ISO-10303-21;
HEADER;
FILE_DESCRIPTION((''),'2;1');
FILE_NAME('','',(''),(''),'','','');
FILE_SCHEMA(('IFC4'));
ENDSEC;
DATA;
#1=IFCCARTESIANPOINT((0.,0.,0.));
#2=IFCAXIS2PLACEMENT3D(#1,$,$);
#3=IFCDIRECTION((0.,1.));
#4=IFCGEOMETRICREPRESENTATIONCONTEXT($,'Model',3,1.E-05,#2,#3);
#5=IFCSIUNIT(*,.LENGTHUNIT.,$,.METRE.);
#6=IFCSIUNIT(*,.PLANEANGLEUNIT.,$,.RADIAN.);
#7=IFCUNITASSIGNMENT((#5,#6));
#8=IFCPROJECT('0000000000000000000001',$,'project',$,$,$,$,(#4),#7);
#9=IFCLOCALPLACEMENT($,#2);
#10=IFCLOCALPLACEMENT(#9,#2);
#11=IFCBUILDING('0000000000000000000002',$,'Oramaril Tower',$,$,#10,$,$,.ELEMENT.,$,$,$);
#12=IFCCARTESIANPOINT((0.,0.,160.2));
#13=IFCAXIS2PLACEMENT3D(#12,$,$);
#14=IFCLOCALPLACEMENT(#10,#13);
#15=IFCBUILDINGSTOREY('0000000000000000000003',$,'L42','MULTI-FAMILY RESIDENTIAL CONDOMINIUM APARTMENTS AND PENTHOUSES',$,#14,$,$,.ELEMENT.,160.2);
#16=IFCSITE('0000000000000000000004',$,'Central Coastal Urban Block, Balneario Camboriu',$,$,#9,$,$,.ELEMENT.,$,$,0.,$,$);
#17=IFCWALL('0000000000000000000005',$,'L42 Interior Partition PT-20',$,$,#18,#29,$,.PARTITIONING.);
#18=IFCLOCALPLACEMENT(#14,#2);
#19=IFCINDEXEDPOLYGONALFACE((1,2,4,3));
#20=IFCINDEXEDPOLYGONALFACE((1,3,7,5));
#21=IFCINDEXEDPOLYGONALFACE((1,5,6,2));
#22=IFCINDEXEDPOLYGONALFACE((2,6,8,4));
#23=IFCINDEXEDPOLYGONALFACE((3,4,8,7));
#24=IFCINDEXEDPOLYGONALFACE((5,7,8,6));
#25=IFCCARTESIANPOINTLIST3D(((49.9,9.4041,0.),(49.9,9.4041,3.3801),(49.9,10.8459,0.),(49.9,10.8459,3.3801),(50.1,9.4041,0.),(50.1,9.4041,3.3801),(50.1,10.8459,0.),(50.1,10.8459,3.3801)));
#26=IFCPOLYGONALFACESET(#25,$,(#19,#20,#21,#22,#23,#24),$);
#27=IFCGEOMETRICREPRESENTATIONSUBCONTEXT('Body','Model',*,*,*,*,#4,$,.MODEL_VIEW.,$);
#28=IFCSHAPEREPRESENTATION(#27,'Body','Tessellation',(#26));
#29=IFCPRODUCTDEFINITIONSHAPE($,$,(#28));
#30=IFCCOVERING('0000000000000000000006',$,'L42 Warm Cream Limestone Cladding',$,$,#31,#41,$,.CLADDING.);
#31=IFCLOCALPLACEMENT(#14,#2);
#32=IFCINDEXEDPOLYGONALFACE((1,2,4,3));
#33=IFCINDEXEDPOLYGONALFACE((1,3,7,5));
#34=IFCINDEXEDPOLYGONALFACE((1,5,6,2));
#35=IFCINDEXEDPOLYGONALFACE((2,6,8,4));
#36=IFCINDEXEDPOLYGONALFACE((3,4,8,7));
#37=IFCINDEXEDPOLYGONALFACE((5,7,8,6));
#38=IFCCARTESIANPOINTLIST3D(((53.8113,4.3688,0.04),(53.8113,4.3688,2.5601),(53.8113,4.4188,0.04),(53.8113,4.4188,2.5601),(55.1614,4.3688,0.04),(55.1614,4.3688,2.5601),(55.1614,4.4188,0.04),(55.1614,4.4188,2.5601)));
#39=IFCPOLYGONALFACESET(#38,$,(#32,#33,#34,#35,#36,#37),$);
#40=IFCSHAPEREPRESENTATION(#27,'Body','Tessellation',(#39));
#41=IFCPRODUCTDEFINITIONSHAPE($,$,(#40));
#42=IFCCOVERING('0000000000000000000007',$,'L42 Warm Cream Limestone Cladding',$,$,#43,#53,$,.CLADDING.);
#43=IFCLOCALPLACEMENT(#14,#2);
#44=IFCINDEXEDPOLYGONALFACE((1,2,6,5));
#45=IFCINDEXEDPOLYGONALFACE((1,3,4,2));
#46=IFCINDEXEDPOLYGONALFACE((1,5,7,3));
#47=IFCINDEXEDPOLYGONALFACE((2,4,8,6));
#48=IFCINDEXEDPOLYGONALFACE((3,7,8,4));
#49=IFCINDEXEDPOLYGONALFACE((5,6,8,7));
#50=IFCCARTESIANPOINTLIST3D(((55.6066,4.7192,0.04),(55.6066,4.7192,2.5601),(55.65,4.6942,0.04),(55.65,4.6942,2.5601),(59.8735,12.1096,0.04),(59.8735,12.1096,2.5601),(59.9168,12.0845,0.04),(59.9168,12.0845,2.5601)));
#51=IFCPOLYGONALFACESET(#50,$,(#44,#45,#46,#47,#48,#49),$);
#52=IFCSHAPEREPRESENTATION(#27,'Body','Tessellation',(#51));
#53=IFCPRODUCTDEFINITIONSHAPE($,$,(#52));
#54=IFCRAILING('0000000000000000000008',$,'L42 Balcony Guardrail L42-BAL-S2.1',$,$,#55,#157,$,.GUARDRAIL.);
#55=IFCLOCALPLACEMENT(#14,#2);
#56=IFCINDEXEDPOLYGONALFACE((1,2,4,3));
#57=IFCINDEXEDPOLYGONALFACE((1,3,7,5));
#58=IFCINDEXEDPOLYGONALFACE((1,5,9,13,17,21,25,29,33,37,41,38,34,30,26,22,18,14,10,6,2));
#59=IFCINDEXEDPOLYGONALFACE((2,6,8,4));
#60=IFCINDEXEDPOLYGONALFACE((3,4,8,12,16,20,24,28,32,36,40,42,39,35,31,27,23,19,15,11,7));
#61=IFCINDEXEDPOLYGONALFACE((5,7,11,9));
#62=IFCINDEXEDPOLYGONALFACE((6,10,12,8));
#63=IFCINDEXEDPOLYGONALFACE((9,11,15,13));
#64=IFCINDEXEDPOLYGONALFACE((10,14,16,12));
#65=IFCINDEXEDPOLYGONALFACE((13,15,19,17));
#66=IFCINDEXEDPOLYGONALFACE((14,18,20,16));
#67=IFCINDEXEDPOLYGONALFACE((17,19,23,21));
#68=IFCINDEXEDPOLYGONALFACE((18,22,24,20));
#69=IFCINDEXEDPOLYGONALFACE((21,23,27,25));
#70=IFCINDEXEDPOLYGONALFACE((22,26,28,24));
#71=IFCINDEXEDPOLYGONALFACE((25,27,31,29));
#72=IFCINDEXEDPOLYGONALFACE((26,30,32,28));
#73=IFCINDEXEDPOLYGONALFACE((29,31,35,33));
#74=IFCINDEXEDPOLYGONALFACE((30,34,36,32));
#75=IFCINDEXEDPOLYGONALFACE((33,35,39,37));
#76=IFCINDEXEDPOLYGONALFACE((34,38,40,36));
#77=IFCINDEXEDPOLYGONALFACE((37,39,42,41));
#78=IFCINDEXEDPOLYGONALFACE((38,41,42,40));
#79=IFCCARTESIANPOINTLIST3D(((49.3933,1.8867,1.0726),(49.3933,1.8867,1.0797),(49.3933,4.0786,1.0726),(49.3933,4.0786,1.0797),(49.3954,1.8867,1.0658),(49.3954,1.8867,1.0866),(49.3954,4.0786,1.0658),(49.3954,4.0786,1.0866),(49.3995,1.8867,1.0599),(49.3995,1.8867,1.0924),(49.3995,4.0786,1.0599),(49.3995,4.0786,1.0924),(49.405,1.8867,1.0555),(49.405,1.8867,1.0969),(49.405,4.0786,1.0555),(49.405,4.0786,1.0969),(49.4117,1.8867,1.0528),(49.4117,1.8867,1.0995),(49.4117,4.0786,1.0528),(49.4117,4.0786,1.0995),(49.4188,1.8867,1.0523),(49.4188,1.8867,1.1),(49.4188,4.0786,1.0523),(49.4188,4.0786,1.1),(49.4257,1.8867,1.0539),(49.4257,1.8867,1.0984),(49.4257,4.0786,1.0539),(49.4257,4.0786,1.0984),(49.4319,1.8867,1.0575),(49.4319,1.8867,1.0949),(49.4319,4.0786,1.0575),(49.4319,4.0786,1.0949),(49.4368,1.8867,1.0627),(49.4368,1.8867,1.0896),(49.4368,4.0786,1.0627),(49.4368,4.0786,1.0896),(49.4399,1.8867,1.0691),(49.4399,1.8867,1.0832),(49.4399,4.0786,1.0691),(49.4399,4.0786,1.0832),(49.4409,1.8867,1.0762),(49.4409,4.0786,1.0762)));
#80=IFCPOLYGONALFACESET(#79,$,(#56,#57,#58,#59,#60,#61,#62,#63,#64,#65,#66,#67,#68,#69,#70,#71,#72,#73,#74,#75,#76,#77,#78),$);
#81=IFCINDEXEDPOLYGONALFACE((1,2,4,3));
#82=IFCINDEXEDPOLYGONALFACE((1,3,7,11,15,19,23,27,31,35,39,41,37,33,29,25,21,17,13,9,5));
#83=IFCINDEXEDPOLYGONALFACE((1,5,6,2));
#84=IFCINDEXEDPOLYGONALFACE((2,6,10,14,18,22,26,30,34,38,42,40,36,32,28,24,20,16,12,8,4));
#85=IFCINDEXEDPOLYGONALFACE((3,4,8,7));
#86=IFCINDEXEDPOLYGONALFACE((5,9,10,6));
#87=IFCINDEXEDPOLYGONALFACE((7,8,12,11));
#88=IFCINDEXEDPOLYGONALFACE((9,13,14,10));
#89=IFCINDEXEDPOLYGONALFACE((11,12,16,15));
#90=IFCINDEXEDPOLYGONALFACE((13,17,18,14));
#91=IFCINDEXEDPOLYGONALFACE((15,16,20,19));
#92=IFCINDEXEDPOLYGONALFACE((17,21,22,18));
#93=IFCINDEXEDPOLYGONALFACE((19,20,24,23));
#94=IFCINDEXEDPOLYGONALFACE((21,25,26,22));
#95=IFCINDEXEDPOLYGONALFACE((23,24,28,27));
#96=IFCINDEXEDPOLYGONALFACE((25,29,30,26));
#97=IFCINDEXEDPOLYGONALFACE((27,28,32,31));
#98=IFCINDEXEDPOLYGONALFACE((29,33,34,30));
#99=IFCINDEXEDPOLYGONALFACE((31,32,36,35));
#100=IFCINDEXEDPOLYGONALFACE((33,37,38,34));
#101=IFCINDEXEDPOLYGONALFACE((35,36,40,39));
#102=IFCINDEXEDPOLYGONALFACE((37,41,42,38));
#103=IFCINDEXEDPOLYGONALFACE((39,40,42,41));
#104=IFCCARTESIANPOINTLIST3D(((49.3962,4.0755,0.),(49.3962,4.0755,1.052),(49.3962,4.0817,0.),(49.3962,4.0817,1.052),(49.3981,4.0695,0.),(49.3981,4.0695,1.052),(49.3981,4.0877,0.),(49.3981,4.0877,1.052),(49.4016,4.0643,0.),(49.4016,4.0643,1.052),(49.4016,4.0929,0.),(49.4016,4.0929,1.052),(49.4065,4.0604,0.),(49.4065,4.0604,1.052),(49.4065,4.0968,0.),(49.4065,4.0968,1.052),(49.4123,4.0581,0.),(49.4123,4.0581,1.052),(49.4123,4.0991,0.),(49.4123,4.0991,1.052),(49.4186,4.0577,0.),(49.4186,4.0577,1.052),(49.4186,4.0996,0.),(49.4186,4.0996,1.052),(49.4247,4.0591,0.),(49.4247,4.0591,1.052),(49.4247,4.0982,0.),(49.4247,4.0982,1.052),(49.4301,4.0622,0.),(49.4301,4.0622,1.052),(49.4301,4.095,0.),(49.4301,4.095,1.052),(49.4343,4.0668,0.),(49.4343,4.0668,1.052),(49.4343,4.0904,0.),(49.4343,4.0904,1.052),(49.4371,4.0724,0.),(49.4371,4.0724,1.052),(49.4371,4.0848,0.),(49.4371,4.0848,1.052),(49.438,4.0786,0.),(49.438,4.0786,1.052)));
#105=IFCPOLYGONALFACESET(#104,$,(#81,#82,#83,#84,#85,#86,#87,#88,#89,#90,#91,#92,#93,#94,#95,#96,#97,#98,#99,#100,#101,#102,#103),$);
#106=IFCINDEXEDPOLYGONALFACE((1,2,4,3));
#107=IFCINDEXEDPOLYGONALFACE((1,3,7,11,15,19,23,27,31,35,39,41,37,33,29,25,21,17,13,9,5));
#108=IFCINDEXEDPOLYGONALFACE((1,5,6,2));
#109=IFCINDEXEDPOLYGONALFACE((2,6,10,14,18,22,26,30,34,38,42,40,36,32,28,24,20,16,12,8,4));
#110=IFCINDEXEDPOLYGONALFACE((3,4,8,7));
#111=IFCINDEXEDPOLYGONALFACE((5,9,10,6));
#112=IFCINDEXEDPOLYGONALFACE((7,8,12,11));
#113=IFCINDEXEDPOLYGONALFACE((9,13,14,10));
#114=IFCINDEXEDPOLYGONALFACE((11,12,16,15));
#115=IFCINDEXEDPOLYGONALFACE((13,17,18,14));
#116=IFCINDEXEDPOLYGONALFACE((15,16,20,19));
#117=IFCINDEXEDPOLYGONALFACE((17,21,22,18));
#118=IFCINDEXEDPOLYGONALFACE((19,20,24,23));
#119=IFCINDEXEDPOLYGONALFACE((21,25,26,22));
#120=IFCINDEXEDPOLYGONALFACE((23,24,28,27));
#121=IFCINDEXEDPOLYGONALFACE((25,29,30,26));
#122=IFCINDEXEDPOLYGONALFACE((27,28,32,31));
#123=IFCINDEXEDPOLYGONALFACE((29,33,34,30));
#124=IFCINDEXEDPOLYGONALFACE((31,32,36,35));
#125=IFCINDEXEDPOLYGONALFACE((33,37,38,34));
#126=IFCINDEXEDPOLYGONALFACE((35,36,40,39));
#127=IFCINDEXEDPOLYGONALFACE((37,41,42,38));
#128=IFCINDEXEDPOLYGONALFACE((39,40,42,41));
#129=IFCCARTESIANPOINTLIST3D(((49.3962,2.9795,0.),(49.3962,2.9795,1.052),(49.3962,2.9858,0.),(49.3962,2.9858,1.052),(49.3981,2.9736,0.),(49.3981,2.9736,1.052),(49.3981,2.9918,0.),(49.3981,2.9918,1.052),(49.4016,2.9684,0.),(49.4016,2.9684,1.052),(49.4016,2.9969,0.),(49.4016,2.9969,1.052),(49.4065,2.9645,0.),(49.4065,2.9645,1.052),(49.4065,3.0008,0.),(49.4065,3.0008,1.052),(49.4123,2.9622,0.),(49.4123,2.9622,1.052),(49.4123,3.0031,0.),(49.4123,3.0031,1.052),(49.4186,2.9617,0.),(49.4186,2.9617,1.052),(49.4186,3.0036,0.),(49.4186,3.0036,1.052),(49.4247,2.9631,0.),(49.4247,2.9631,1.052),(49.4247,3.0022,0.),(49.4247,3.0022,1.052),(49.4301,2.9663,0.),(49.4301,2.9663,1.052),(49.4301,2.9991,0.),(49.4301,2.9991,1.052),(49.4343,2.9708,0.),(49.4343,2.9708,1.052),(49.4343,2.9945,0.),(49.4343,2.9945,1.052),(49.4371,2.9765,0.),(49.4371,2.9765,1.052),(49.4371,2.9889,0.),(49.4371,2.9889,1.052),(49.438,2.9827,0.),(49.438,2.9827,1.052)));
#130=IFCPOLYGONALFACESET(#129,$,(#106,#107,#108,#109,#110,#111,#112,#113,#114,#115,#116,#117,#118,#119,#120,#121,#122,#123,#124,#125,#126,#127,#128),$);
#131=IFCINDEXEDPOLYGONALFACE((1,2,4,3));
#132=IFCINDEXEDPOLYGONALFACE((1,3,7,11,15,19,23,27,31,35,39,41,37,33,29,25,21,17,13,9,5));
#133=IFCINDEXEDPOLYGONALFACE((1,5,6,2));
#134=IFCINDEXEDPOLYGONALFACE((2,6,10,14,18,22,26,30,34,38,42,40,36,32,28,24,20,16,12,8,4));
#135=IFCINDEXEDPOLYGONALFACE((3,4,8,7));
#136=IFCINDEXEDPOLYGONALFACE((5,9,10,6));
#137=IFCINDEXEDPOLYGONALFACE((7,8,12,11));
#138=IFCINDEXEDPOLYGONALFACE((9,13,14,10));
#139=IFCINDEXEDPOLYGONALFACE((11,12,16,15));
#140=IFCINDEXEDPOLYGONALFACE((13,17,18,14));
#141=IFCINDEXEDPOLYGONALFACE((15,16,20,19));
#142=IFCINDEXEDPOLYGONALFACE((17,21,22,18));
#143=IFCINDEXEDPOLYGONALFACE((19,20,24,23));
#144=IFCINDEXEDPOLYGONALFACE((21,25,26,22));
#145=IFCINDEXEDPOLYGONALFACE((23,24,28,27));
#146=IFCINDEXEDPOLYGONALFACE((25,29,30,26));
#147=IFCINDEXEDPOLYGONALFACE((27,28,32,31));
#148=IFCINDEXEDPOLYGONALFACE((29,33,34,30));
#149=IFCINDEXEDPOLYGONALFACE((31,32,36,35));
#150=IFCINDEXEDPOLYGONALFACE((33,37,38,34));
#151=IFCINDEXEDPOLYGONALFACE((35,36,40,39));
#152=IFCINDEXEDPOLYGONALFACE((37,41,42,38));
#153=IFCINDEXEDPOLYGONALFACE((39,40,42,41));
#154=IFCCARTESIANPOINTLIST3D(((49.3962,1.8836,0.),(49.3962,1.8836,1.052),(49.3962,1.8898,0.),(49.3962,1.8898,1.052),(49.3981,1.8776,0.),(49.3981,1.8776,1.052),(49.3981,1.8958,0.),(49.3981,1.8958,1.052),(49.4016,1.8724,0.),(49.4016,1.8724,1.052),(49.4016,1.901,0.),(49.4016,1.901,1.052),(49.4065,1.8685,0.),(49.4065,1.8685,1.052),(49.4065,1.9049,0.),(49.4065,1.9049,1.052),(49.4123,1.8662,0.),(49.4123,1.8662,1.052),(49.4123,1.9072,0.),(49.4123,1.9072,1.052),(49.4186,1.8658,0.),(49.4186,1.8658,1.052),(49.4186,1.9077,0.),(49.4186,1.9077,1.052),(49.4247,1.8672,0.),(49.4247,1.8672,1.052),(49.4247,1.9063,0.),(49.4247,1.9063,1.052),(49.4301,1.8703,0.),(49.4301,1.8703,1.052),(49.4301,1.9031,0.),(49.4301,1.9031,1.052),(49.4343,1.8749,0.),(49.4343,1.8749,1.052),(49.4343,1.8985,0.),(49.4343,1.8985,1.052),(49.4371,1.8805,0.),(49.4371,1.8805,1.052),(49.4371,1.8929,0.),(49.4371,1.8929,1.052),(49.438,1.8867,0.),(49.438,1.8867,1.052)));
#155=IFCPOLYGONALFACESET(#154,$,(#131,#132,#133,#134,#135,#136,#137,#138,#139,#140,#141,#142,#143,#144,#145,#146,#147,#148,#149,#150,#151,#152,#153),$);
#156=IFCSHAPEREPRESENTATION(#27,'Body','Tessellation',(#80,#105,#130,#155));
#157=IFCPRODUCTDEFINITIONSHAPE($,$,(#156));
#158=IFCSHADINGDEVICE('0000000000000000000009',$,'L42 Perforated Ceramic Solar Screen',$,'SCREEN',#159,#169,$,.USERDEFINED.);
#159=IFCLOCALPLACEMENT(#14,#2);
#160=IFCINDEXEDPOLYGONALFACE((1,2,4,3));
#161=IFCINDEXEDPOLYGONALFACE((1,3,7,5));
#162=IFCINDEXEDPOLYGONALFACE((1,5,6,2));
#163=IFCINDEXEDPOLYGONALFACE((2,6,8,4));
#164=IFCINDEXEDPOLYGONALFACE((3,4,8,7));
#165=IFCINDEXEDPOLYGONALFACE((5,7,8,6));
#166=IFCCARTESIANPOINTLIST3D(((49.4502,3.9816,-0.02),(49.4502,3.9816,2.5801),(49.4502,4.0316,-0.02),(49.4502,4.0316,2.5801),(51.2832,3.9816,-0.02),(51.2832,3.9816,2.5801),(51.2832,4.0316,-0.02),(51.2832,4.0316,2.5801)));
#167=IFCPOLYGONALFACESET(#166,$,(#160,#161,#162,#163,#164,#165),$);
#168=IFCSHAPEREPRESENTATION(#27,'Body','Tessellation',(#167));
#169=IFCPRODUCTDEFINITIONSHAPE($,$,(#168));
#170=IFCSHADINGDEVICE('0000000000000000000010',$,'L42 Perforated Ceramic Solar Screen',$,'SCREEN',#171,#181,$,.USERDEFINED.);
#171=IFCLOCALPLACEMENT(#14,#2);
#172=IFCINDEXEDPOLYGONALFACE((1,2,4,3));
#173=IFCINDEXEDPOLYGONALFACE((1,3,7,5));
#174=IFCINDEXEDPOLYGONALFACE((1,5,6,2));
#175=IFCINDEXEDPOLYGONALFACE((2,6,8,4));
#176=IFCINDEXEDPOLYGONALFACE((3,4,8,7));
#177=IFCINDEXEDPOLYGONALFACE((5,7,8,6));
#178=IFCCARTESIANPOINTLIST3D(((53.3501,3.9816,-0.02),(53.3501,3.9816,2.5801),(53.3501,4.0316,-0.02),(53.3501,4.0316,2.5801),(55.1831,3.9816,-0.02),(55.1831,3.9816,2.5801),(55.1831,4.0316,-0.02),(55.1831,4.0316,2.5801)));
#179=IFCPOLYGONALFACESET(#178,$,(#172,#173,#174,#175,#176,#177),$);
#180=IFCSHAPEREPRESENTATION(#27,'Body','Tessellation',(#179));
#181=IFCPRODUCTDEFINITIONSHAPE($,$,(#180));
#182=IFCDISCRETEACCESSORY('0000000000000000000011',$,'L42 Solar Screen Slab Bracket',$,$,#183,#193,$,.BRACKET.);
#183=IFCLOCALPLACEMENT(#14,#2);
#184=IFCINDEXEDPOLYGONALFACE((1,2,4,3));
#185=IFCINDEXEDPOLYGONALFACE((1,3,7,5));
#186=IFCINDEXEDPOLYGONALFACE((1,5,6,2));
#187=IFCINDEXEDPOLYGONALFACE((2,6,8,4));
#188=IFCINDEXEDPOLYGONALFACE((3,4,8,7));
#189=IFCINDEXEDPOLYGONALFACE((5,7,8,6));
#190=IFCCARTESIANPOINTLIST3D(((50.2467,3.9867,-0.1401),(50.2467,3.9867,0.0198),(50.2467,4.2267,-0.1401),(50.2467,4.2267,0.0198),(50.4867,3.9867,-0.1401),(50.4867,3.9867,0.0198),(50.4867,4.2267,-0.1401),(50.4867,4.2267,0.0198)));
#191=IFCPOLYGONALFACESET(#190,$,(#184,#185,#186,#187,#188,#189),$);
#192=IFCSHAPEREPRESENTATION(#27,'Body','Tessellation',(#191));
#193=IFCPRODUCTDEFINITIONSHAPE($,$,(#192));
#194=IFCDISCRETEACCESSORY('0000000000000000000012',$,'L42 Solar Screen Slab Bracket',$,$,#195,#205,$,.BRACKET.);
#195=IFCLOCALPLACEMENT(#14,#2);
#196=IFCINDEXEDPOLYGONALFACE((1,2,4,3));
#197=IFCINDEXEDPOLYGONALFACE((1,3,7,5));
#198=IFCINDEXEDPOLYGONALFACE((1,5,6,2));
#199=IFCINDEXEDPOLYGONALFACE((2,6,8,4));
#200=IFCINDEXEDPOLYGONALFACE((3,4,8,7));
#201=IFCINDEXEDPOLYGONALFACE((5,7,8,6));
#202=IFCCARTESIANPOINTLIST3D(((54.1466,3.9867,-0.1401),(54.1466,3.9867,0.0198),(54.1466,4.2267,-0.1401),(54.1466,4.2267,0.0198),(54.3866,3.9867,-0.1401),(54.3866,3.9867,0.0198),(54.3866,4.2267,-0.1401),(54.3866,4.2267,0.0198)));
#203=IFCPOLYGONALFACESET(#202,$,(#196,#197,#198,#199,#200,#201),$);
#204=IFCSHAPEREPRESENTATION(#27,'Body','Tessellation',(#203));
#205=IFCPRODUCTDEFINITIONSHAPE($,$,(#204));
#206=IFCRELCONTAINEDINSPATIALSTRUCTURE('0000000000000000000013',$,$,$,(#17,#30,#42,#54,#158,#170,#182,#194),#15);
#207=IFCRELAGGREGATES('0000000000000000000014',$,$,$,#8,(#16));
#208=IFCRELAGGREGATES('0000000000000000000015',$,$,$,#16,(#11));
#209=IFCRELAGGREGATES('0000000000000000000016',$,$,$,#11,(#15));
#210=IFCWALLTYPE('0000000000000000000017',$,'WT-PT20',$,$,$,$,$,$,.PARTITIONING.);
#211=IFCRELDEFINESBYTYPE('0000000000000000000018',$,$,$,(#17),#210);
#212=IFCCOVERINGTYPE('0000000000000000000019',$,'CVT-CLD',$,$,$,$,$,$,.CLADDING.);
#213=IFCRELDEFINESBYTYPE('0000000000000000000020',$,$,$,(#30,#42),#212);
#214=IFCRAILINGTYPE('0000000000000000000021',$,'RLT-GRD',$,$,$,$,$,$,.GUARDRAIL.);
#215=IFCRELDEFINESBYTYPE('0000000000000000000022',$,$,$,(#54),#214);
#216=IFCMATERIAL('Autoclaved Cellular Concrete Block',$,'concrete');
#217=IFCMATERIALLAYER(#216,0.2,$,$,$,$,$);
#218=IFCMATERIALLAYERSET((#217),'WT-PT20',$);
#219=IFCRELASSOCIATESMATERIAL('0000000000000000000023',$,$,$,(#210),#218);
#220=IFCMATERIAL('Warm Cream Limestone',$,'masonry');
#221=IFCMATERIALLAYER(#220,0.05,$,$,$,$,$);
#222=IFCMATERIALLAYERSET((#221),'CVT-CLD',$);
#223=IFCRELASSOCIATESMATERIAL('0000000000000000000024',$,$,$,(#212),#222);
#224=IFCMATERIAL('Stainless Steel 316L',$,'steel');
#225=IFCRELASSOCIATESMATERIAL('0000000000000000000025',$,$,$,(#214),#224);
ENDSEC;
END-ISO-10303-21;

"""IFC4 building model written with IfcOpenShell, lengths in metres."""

from ifc_helpers import new_model, si_unit, direction, frame, frame_2d, origin, origin_2d, place, context, subcontext, project, spatial, rectangle, circle, extrude, material, layer, layer_set, type_object, element, save


model = new_model("IFC4")

# Units and contexts
model_context = context("Model", 3, precision=1e-05, world=origin(), true_north=direction((0.0, 1.0)))
body_context = subcontext(model_context, "Body", "Model", "MODEL_VIEW")
ifc_project = project(units=[si_unit("LENGTHUNIT", "METRE"), si_unit("PLANEANGLEUNIT", "RADIAN")], contexts=[model_context])

# Site, building, storey
site_placement = place(None, origin())
site = spatial("IfcSite", under=ifc_project, at=site_placement, Name="Central Coastal Urban Block, Balneario Camboriu", CompositionType="ELEMENT", RefElevation=0.0)
building_placement = place(site_placement, origin())
building = spatial("IfcBuilding", under=site, at=building_placement, Name="Oramaril Tower", CompositionType="ELEMENT")
storey_placement = place(building_placement, frame((0.0, 0.0, 160.2)))
storey = spatial("IfcBuildingStorey", under=building, at=storey_placement, Name="L42", Description="MULTI-FAMILY RESIDENTIAL CONDOMINIUM APARTMENTS AND PENTHOUSES", CompositionType="ELEMENT", Elevation=160.2)

# Wall
ifc_material_1 = material(Name="Autoclaved Cellular Concrete Block", Category="concrete")
ifc_layer_1 = layer(ifc_material_1, 0.2)
ifc_layer_set_1 = layer_set([ifc_layer_1], Name="WT-PT20")
wall_type_1 = type_object("IfcWallType", Name="WT-PT20", PredefinedType="PARTITIONING", material=ifc_layer_set_1)
wall_1_placement = place(storey_placement, frame((50.0, 9.4041, 0.0), z_axis=(0.0, 0.0, 1.0), x_axis=(0.0, 1.0, 0.0)))
element("IfcWall", 1, at=wall_1_placement, inside=storey, type_object=wall_type_1, Name="L42 Interior Partition PT-20", PredefinedType="PARTITIONING", context=body_context, shape_type="SweptSolid", body=[
    extrude(rectangle(XDim=1.4419, YDim=0.2, at=frame_2d((0.7209, 0.0))), origin(), (0.0, 0.0, 1.0), 3.3801),
])

# Coverings
ifc_material_2 = material(Name="Warm Cream Limestone", Category="masonry")
ifc_layer_2 = layer(ifc_material_2, 0.05)
ifc_layer_set_2 = layer_set([ifc_layer_2], Name="CVT-CLD")
covering_type = type_object("IfcCoveringType", Name="CVT-CLD", PredefinedType="CLADDING", material=ifc_layer_set_2)
covering_1_placement = place(storey_placement, frame((54.4863, 4.3938, 0.04), z_axis=(0.0, 0.0, 1.0), x_axis=(1.0, 0.0, 0.0)))
element("IfcCovering", 2, at=covering_1_placement, inside=storey, type_object=covering_type, Name="L42 Warm Cream Limestone Cladding", PredefinedType="CLADDING", context=body_context, shape_type="SweptSolid", body=[
    extrude(rectangle(XDim=1.3501, YDim=0.05, at=origin_2d()), origin(), (0.0, 0.0, 1.0), 2.52),
])
covering_2_placement = place(storey_placement, frame((57.7617, 8.4019, 0.04), z_axis=(0.0, 0.0, 1.0), x_axis=(0.500002, 0.866025, 0.0)))
element("IfcCovering", 3, at=covering_2_placement, inside=storey, type_object=covering_type, Name="L42 Warm Cream Limestone Cladding", PredefinedType="CLADDING", context=body_context, shape_type="SweptSolid", body=[
    extrude(rectangle(XDim=8.5337, YDim=0.05, at=origin_2d()), origin(), (0.0, 0.0, 1.0), 2.52),
])

# Railing
ifc_material_3 = material(Name="Stainless Steel 316L", Category="steel")
railing_type = type_object("IfcRailingType", Name="RLT-GRD", PredefinedType="GUARDRAIL", material=ifc_material_3)
railing_1_placement = place(storey_placement, frame((49.417, 4.0786, 0.0)))
element("IfcRailing", 4, at=railing_1_placement, inside=storey, type_object=railing_type, Name="L42 Balcony Guardrail L42-BAL-S2.1", PredefinedType="GUARDRAIL", context=body_context, shape_type="SweptSolid", body=[
    extrude(circle(Radius=0.0239, at=origin_2d()), frame((0.0, 0.0, 1.0762), z_axis=(0.0, -1.0, 0.0), x_axis=(1.0, 0.0, 0.0)), (0.0, 0.0, 1.0), 2.1919),
    extrude(circle(Radius=0.021, at=origin_2d()), origin(), (0.0, 0.0, 1.0), 1.052),
    extrude(circle(Radius=0.021, at=origin_2d()), frame((0.0, -1.0959, 0.0)), (0.0, 0.0, 1.0), 1.052),
    extrude(circle(Radius=0.021, at=origin_2d()), frame((0.0, -2.1919, 0.0)), (0.0, 0.0, 1.0), 1.052),
])

# Shading devices
for number, where, z_axis, x_axis, name in (
    (5, (50.3667, 4.0066, -0.02), (0.0, 0.0, 1.0), (1.0, 0.0, 0.0), "L42 Perforated Ceramic Solar Screen"),
    (6, (54.2666, 4.0066, -0.02), (0.0, 0.0, 1.0), (1.0, 0.0, 0.0), "L42 Perforated Ceramic Solar Screen"),
):
    element("IfcShadingDevice", number, at=place(storey_placement, frame(where, z_axis=z_axis, x_axis=x_axis)), inside=storey, Name=name, ObjectType="SCREEN", PredefinedType="USERDEFINED", context=body_context, shape_type="SweptSolid", body=[
        extrude(rectangle(XDim=1.833, YDim=0.05, at=origin_2d()), origin(), (0.0, 0.0, 1.0), 2.6001),
    ])

# Discrete accessories
for number, where, z_axis, x_axis, name in (
    (7, (50.3667, 4.1067, -0.1401), (0.0, 0.0, 1.0), (1.0, 0.0, 0.0), "L42 Solar Screen Slab Bracket"),
    (8, (54.2666, 4.1067, -0.1401), (0.0, 0.0, 1.0), (1.0, 0.0, 0.0), "L42 Solar Screen Slab Bracket"),
):
    element("IfcDiscreteAccessory", number, at=place(storey_placement, frame(where, z_axis=z_axis, x_axis=x_axis)), inside=storey, Name=name, PredefinedType="BRACKET", context=body_context, shape_type="SweptSolid", body=[
        extrude(rectangle(XDim=0.24, YDim=0.24, at=origin_2d()), origin(), (0.0, 0.0, 1.0), 0.1599),
    ])

save(model, "model.ifc")
